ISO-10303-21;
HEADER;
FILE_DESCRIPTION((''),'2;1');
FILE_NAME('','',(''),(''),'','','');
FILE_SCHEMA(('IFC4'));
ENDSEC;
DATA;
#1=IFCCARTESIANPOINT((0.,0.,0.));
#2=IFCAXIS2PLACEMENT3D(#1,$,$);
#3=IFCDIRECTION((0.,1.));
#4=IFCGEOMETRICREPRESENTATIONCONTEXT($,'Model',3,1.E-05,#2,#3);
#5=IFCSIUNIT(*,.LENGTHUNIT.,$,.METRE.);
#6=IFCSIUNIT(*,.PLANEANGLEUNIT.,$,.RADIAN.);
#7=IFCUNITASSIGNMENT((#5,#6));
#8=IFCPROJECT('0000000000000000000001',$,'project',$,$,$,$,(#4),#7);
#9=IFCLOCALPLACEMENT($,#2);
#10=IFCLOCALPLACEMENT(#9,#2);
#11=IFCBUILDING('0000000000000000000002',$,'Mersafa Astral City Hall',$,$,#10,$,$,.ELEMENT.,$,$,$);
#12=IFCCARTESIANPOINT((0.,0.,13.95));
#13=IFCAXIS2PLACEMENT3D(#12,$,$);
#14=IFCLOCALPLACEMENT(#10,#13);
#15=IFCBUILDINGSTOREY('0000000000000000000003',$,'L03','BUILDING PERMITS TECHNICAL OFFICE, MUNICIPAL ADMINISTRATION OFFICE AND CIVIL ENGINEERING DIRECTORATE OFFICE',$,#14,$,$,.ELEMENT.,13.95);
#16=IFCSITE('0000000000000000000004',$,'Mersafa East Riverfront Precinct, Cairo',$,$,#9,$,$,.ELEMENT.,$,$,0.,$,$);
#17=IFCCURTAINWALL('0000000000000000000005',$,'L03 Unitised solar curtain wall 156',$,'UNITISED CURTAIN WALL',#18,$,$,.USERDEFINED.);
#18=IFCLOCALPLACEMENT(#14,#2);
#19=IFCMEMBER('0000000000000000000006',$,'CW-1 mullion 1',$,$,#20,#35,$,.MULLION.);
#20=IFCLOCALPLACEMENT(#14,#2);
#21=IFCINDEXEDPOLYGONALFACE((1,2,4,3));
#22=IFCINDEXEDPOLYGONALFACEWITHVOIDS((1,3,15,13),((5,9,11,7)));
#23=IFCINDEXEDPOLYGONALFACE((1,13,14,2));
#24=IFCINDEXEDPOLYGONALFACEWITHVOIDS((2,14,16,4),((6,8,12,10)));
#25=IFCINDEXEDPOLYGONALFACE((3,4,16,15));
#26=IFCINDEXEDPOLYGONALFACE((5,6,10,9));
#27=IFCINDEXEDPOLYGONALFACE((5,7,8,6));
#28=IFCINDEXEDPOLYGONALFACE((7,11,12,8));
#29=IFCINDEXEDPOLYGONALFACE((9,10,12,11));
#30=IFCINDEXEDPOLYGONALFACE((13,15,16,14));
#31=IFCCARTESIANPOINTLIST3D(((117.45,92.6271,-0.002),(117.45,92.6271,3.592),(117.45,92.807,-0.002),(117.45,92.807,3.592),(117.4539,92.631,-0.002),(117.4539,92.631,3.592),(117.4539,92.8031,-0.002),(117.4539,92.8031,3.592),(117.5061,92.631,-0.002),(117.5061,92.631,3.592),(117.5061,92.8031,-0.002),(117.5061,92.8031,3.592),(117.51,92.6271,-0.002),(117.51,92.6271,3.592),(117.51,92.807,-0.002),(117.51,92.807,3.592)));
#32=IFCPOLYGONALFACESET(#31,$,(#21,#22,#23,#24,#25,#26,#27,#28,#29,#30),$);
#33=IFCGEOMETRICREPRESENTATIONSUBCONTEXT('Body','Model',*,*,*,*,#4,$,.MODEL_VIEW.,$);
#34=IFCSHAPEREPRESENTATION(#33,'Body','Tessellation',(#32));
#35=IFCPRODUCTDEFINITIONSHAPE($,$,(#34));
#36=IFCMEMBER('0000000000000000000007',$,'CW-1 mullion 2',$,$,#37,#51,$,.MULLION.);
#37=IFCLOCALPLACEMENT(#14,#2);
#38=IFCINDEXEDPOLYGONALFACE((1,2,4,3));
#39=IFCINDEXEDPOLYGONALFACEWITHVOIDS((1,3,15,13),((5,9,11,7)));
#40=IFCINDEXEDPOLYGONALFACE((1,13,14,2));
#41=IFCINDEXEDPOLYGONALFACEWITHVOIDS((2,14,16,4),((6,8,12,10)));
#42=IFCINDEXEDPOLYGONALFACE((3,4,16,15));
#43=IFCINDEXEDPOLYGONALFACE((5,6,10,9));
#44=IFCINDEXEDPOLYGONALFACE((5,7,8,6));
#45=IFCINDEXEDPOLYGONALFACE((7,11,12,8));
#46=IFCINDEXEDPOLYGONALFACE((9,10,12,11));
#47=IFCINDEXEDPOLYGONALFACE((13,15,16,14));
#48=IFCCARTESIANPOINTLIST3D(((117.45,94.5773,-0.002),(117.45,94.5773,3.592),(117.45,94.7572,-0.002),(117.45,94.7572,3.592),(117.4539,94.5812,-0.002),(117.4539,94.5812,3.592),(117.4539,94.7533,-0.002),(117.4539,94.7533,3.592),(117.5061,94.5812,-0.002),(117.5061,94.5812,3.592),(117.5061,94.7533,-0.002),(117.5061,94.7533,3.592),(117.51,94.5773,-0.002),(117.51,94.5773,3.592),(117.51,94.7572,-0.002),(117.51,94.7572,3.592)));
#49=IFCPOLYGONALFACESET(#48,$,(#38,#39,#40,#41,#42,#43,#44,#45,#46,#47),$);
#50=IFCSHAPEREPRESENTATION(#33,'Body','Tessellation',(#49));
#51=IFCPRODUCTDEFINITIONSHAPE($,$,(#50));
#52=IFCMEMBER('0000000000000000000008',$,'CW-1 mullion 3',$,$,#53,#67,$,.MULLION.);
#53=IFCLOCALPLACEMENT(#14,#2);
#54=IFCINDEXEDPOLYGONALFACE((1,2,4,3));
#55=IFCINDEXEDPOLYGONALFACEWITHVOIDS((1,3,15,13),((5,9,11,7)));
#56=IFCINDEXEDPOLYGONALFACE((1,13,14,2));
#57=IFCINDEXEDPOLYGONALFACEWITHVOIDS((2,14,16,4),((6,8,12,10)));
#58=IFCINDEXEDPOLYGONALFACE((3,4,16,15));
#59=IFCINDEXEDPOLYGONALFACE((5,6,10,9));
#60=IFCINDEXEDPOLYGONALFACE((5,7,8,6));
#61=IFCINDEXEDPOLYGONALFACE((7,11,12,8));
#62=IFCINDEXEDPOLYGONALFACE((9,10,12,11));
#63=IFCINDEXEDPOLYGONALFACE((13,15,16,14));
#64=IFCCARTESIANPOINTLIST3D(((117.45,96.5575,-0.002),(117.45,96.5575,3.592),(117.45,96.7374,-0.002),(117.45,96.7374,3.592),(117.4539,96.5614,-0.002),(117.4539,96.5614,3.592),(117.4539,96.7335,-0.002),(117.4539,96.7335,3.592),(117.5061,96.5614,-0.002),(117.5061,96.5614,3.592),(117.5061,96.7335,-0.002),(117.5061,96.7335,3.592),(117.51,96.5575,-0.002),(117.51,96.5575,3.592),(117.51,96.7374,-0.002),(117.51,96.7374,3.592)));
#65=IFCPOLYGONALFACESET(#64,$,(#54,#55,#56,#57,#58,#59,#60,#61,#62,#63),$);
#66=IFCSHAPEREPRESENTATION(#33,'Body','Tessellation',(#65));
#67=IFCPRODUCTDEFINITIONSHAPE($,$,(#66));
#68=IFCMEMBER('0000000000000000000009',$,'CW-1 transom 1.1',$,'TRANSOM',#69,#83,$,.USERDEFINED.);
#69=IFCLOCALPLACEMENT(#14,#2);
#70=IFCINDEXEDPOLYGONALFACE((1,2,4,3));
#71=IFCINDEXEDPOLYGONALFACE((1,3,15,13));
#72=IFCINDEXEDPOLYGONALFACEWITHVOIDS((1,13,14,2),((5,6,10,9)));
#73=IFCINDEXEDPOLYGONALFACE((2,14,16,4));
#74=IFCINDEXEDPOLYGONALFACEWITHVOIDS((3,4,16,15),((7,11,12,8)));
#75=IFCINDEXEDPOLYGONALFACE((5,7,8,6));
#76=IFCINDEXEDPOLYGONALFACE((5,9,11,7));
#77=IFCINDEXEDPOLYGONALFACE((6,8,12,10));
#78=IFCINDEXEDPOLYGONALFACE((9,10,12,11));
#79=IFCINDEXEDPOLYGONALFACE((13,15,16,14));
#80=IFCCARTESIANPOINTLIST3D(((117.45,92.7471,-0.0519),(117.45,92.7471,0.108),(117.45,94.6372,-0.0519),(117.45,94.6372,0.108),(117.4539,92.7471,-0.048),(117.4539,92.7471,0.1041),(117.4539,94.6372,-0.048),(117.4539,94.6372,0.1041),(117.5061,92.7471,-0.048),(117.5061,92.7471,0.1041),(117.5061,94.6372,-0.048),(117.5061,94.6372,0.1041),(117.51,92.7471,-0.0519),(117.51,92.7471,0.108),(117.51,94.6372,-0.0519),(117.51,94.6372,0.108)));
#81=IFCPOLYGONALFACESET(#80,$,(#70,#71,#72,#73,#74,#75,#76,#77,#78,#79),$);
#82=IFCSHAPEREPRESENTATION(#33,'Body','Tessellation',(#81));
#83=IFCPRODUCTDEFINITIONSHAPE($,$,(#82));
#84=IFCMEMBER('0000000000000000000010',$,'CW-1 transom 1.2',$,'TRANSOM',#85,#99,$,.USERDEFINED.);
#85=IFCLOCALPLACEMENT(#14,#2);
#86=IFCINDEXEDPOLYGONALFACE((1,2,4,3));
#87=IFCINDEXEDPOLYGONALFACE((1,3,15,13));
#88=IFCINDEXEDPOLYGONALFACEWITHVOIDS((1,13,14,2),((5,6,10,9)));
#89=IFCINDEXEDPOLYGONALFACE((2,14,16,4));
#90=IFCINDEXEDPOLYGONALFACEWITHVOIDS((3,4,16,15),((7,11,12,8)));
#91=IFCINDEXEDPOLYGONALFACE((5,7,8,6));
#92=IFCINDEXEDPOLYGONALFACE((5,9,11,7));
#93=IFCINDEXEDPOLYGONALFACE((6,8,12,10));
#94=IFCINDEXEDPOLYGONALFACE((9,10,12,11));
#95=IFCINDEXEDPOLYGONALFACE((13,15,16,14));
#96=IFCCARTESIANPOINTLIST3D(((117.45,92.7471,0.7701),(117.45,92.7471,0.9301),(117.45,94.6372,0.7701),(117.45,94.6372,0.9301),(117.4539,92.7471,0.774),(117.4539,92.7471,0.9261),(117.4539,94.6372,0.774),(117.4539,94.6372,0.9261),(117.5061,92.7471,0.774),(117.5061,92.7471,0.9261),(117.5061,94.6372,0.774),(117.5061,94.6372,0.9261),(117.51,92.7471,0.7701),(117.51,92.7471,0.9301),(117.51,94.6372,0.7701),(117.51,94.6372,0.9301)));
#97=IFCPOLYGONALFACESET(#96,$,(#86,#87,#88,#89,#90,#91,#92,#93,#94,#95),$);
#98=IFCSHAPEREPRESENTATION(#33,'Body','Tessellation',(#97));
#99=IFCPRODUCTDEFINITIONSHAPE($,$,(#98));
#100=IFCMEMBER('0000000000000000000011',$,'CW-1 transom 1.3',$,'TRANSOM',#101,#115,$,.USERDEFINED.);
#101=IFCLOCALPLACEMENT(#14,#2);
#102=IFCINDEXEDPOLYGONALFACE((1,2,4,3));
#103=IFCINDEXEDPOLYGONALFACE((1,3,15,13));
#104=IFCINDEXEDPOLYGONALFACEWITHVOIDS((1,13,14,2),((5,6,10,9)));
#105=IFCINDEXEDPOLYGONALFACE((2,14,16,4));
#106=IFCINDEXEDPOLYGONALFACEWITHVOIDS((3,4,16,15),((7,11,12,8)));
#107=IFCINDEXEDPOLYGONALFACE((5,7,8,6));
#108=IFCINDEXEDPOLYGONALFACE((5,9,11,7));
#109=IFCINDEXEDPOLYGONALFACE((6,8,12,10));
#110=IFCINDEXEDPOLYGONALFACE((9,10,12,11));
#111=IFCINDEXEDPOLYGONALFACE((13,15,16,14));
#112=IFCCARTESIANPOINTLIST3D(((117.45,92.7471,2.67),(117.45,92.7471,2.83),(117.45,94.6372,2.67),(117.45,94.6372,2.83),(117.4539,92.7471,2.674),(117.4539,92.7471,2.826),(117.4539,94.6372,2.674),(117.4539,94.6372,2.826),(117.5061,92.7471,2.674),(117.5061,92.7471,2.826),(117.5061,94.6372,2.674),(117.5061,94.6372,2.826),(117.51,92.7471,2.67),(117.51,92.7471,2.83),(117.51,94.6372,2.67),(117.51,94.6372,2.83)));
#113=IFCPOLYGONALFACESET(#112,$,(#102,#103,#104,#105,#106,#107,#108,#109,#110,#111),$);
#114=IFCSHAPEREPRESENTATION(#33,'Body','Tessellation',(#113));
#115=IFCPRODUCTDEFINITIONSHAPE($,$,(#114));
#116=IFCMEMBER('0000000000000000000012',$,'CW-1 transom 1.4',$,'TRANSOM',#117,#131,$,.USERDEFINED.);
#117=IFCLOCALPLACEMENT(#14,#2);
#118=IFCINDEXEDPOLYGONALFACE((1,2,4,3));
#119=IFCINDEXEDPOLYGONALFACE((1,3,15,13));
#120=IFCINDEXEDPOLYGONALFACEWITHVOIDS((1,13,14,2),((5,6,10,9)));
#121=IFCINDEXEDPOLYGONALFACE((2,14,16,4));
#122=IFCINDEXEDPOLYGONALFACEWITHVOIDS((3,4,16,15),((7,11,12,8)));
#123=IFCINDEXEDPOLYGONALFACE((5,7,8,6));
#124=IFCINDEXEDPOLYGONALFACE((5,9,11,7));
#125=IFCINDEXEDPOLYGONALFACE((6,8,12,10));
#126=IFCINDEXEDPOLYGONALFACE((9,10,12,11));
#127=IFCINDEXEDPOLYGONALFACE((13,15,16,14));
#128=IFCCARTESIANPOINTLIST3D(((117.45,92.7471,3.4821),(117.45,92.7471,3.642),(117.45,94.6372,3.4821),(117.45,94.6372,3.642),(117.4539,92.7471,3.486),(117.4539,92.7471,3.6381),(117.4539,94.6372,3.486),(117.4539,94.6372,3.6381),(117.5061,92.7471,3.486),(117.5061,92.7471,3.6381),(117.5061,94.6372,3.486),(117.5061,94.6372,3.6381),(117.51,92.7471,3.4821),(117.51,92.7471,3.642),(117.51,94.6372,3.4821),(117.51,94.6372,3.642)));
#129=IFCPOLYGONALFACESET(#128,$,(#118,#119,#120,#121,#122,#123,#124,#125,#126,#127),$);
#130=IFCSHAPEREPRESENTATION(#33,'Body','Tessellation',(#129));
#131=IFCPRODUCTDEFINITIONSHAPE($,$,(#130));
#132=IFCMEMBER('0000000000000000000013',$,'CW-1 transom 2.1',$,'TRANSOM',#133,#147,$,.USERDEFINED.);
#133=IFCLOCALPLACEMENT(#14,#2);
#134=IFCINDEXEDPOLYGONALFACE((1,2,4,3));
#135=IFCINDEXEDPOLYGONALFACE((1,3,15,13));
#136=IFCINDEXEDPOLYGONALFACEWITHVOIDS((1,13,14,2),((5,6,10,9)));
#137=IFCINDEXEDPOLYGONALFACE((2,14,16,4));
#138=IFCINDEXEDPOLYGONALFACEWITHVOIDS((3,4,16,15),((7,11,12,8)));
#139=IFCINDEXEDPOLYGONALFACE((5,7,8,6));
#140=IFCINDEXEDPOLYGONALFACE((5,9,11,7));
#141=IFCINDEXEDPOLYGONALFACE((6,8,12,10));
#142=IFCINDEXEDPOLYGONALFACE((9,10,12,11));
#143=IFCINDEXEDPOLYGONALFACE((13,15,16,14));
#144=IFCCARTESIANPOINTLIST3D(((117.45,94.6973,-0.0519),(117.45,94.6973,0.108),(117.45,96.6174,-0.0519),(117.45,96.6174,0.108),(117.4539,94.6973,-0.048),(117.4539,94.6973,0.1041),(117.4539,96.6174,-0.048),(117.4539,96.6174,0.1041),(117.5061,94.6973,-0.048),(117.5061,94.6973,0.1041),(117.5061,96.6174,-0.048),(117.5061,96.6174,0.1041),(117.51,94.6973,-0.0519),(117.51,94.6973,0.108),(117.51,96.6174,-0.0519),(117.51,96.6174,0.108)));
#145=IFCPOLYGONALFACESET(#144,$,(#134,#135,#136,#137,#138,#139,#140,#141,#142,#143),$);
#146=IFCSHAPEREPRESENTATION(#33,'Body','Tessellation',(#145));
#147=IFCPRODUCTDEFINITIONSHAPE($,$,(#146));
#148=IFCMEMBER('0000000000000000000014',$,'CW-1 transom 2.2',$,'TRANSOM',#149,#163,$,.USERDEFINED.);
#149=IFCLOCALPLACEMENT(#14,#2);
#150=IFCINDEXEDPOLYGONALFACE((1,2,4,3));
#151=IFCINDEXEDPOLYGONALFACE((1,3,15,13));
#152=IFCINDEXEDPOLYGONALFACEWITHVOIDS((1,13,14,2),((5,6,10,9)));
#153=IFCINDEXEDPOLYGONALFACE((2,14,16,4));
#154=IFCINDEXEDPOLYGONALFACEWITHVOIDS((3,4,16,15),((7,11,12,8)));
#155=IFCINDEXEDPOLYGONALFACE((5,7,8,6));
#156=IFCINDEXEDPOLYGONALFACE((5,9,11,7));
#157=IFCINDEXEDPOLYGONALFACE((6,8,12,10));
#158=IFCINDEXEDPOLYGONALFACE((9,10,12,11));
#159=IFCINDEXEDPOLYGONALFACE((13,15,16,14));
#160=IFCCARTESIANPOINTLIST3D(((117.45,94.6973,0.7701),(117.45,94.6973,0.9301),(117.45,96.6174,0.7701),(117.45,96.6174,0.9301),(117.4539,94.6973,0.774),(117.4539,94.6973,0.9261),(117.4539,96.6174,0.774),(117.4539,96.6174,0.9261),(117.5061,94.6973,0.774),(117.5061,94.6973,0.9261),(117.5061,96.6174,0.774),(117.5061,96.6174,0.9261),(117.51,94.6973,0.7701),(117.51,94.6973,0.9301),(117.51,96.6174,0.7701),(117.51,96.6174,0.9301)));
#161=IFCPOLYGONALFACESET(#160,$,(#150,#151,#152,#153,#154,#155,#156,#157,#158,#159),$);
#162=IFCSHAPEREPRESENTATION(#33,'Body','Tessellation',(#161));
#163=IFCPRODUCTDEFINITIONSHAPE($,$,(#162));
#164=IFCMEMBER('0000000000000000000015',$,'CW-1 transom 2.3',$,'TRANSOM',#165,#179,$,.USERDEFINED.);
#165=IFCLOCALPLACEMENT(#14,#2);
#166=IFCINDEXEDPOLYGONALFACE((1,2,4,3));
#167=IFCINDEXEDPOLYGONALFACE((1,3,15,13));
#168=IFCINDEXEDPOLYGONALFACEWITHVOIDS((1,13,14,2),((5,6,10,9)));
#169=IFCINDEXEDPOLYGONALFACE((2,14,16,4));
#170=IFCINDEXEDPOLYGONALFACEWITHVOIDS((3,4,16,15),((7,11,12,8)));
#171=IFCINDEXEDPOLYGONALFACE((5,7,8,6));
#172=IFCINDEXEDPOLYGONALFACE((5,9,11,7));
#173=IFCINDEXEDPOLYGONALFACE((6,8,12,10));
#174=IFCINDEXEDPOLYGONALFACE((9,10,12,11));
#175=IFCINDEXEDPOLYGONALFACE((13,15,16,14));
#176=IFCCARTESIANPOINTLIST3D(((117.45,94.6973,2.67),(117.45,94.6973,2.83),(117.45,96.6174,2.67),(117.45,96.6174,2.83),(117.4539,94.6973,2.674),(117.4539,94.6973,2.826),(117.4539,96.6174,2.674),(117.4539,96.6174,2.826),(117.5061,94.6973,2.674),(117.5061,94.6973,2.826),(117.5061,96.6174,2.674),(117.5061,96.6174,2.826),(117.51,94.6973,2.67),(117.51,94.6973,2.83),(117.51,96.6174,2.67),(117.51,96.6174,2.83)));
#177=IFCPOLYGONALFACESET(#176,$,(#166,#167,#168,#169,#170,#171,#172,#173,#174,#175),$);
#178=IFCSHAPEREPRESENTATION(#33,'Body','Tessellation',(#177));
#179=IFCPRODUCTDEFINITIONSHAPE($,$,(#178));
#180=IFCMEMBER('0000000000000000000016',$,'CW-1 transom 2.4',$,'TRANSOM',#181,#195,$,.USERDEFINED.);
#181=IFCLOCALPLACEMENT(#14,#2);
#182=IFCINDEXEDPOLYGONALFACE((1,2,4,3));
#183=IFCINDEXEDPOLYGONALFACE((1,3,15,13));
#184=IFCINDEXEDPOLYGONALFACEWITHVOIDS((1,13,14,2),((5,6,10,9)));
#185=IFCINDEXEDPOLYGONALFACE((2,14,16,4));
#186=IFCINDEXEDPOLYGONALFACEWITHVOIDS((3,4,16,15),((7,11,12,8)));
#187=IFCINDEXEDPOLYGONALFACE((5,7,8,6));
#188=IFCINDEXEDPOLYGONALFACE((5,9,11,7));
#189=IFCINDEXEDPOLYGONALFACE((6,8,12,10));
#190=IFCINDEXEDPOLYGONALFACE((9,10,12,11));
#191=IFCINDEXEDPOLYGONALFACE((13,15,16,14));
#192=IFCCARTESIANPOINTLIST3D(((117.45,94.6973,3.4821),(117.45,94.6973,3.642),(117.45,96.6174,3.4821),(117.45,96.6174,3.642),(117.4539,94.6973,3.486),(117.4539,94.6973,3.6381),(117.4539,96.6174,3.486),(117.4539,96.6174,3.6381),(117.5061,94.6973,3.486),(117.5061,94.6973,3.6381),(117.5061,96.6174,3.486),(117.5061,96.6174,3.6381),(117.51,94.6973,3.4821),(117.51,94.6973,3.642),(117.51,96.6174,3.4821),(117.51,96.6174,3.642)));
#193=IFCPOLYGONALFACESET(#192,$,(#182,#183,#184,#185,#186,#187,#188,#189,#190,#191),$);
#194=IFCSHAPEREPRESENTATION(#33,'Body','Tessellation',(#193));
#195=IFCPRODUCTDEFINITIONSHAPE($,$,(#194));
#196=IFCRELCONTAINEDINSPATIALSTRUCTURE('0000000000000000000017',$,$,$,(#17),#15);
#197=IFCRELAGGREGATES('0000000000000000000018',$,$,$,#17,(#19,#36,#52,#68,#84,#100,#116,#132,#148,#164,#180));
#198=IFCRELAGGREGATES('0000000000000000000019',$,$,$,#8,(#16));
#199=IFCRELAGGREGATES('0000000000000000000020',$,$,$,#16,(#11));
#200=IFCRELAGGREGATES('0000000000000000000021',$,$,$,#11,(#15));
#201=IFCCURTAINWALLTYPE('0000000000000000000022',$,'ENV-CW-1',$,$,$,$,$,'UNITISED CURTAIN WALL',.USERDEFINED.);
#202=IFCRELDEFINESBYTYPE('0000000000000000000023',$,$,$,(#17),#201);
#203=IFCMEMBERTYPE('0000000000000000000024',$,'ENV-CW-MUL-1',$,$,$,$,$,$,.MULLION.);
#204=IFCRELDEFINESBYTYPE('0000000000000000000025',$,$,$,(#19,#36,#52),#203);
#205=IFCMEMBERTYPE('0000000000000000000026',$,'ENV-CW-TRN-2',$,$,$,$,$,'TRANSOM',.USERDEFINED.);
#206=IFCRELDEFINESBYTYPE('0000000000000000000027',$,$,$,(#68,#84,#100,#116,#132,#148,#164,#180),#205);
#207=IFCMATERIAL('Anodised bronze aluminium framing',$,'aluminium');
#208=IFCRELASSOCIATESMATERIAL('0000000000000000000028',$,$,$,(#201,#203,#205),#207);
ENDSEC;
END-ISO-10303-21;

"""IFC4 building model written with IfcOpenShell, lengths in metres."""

from ifc_helpers import new_model, si_unit, direction, frame, origin, origin_2d, place, context, subcontext, project, spatial, hollow_rectangle, extrude, material, material_profile, profile_set, type_object, element, aggregate, save


model = new_model("IFC4")

# Units and contexts
model_context = context("Model", 3, precision=1e-05, world=origin(), true_north=direction((0.0, 1.0)))
body_context = subcontext(model_context, "Body", "Model", "MODEL_VIEW")
ifc_project = project(units=[si_unit("LENGTHUNIT", "METRE"), si_unit("PLANEANGLEUNIT", "RADIAN")], contexts=[model_context])

# Site, building, storey
site_placement = place(None, origin())
site = spatial("IfcSite", under=ifc_project, at=site_placement, Name="Mersafa East Riverfront Precinct, Cairo", CompositionType="ELEMENT", RefElevation=0.0)
building_placement = place(site_placement, origin())
building = spatial("IfcBuilding", under=site, at=building_placement, Name="Mersafa Astral City Hall", CompositionType="ELEMENT")
storey_placement = place(building_placement, frame((0.0, 0.0, 13.95)))
storey = spatial("IfcBuildingStorey", under=building, at=storey_placement, Name="L03", Description="BUILDING PERMITS TECHNICAL OFFICE, MUNICIPAL ADMINISTRATION OFFICE AND CIVIL ENGINEERING DIRECTORATE OFFICE", CompositionType="ELEMENT", Elevation=13.95)

# Curtain wall, members
ifc_material_1 = material(Name="Anodised bronze aluminium framing", Category="aluminium")
curtain_wall_type = type_object("IfcCurtainWallType", Name="ENV-CW-1", ElementType="UNITISED CURTAIN WALL", PredefinedType="USERDEFINED", material=ifc_material_1)
curtain_wall_placement = place(storey_placement, origin())
curtain_wall = element("IfcCurtainWall", 1, at=curtain_wall_placement, inside=storey, type_object=curtain_wall_type, Name="L03 Unitised solar curtain wall 156", ObjectType="UNITISED CURTAIN WALL", PredefinedType="USERDEFINED")
ifc_material_profile_1 = material_profile(ifc_material_1, hollow_rectangle(XDim=0.0601, YDim=0.1799, WallThickness=0.0039, at=origin_2d()), Name="RHS 60x180x4")
ifc_profile_set_1 = profile_set([ifc_material_profile_1], Name="Anodised bronze aluminium framing")
member_type_1 = type_object("IfcMemberType", Name="ENV-CW-MUL-1", PredefinedType="MULLION", material=ifc_profile_set_1)
member_1_placement = place(storey_placement, frame((117.48, 92.717, -0.002), z_axis=(0.0, 0.0, 1.0), x_axis=(-1.0, 0.0, 0.0)))
member_1 = element("IfcMember", 2, at=member_1_placement, type_object=member_type_1, Name="CW-1 mullion 1", PredefinedType="MULLION", context=body_context, shape_type="SweptSolid", body=[
    extrude(hollow_rectangle(XDim=0.0601, YDim=0.1799, WallThickness=0.0039, at=origin_2d()), origin(), (0.0, 0.0, 1.0), 3.594),
])
member_2_placement = place(storey_placement, frame((117.48, 94.6672, -0.002), z_axis=(0.0, 0.0, 1.0), x_axis=(-1.0, 0.0, 0.0)))
member_2 = element("IfcMember", 3, at=member_2_placement, type_object=member_type_1, Name="CW-1 mullion 2", PredefinedType="MULLION", context=body_context, shape_type="SweptSolid", body=[
    extrude(hollow_rectangle(XDim=0.0601, YDim=0.1799, WallThickness=0.0039, at=origin_2d()), origin(), (0.0, 0.0, 1.0), 3.594),
])
member_3_placement = place(storey_placement, frame((117.48, 96.6475, -0.002), z_axis=(0.0, 0.0, 1.0), x_axis=(-1.0, 0.0, 0.0)))
member_3 = element("IfcMember", 4, at=member_3_placement, type_object=member_type_1, Name="CW-1 mullion 3", PredefinedType="MULLION", context=body_context, shape_type="SweptSolid", body=[
    extrude(hollow_rectangle(XDim=0.0601, YDim=0.1799, WallThickness=0.0039, at=origin_2d()), origin(), (0.0, 0.0, 1.0), 3.594),
])
ifc_material_profile_2 = material_profile(ifc_material_1, hollow_rectangle(XDim=0.0601, YDim=0.1599, WallThickness=0.0039, at=origin_2d()), Name="RHS 60x160x4")
ifc_profile_set_2 = profile_set([ifc_material_profile_2], Name="Anodised bronze aluminium framing")
member_type_2 = type_object("IfcMemberType", Name="ENV-CW-TRN-2", ElementType="TRANSOM", PredefinedType="USERDEFINED", material=ifc_profile_set_2)
member_4_placement = place(storey_placement, frame((117.48, 92.7471, 0.0281), z_axis=(0.0, 1.0, 0.0), x_axis=(-1.0, 0.0, 0.0)))
member_4 = element("IfcMember", 5, at=member_4_placement, type_object=member_type_2, Name="CW-1 transom 1.1", ObjectType="TRANSOM", PredefinedType="USERDEFINED", context=body_context, shape_type="SweptSolid", body=[
    extrude(hollow_rectangle(XDim=0.0601, YDim=0.1599, WallThickness=0.0039, at=origin_2d()), origin(), (0.0, 0.0, 1.0), 1.8901),
])
member_5_placement = place(storey_placement, frame((117.48, 92.7471, 0.8501), z_axis=(0.0, 1.0, 0.0), x_axis=(-1.0, 0.0, 0.0)))
member_5 = element("IfcMember", 6, at=member_5_placement, type_object=member_type_2, Name="CW-1 transom 1.2", ObjectType="TRANSOM", PredefinedType="USERDEFINED", context=body_context, shape_type="SweptSolid", body=[
    extrude(hollow_rectangle(XDim=0.0601, YDim=0.1599, WallThickness=0.0039, at=origin_2d()), origin(), (0.0, 0.0, 1.0), 1.8901),
])
member_6_placement = place(storey_placement, frame((117.48, 92.7471, 2.75), z_axis=(0.0, 1.0, 0.0), x_axis=(-1.0, 0.0, 0.0)))
member_6 = element("IfcMember", 7, at=member_6_placement, type_object=member_type_2, Name="CW-1 transom 1.3", ObjectType="TRANSOM", PredefinedType="USERDEFINED", context=body_context, shape_type="SweptSolid", body=[
    extrude(hollow_rectangle(XDim=0.0601, YDim=0.1599, WallThickness=0.0039, at=origin_2d()), origin(), (0.0, 0.0, 1.0), 1.8901),
])
member_7_placement = place(storey_placement, frame((117.48, 92.7471, 3.562), z_axis=(0.0, 1.0, 0.0), x_axis=(-1.0, 0.0, 0.0)))
member_7 = element("IfcMember", 8, at=member_7_placement, type_object=member_type_2, Name="CW-1 transom 1.4", ObjectType="TRANSOM", PredefinedType="USERDEFINED", context=body_context, shape_type="SweptSolid", body=[
    extrude(hollow_rectangle(XDim=0.0601, YDim=0.1599, WallThickness=0.0039, at=origin_2d()), origin(), (0.0, 0.0, 1.0), 1.8901),
])
member_8_placement = place(storey_placement, frame((117.48, 94.6973, 0.0281), z_axis=(0.0, 1.0, 0.0), x_axis=(-1.0, 0.0, 0.0)))
member_8 = element("IfcMember", 9, at=member_8_placement, type_object=member_type_2, Name="CW-1 transom 2.1", ObjectType="TRANSOM", PredefinedType="USERDEFINED", context=body_context, shape_type="SweptSolid", body=[
    extrude(hollow_rectangle(XDim=0.0601, YDim=0.1599, WallThickness=0.0039, at=origin_2d()), origin(), (0.0, 0.0, 1.0), 1.9202),
])
member_9_placement = place(storey_placement, frame((117.48, 94.6973, 0.8501), z_axis=(0.0, 1.0, 0.0), x_axis=(-1.0, 0.0, 0.0)))
member_9 = element("IfcMember", 10, at=member_9_placement, type_object=member_type_2, Name="CW-1 transom 2.2", ObjectType="TRANSOM", PredefinedType="USERDEFINED", context=body_context, shape_type="SweptSolid", body=[
    extrude(hollow_rectangle(XDim=0.0601, YDim=0.1599, WallThickness=0.0039, at=origin_2d()), origin(), (0.0, 0.0, 1.0), 1.9202),
])
member_10_placement = place(storey_placement, frame((117.48, 94.6973, 2.75), z_axis=(0.0, 1.0, 0.0), x_axis=(-1.0, 0.0, 0.0)))
member_10 = element("IfcMember", 11, at=member_10_placement, type_object=member_type_2, Name="CW-1 transom 2.3", ObjectType="TRANSOM", PredefinedType="USERDEFINED", context=body_context, shape_type="SweptSolid", body=[
    extrude(hollow_rectangle(XDim=0.0601, YDim=0.1599, WallThickness=0.0039, at=origin_2d()), origin(), (0.0, 0.0, 1.0), 1.9202),
])
member_11_placement = place(storey_placement, frame((117.48, 94.6973, 3.562), z_axis=(0.0, 1.0, 0.0), x_axis=(-1.0, 0.0, 0.0)))
member_11 = element("IfcMember", 12, at=member_11_placement, type_object=member_type_2, Name="CW-1 transom 2.4", ObjectType="TRANSOM", PredefinedType="USERDEFINED", context=body_context, shape_type="SweptSolid", body=[
    extrude(hollow_rectangle(XDim=0.0601, YDim=0.1599, WallThickness=0.0039, at=origin_2d()), origin(), (0.0, 0.0, 1.0), 1.9202),
])

aggregate(curtain_wall, [member_1, member_2, member_3, member_4, member_5, member_6, member_7, member_8, member_9, member_10, member_11])

save(model, "model.ifc")
